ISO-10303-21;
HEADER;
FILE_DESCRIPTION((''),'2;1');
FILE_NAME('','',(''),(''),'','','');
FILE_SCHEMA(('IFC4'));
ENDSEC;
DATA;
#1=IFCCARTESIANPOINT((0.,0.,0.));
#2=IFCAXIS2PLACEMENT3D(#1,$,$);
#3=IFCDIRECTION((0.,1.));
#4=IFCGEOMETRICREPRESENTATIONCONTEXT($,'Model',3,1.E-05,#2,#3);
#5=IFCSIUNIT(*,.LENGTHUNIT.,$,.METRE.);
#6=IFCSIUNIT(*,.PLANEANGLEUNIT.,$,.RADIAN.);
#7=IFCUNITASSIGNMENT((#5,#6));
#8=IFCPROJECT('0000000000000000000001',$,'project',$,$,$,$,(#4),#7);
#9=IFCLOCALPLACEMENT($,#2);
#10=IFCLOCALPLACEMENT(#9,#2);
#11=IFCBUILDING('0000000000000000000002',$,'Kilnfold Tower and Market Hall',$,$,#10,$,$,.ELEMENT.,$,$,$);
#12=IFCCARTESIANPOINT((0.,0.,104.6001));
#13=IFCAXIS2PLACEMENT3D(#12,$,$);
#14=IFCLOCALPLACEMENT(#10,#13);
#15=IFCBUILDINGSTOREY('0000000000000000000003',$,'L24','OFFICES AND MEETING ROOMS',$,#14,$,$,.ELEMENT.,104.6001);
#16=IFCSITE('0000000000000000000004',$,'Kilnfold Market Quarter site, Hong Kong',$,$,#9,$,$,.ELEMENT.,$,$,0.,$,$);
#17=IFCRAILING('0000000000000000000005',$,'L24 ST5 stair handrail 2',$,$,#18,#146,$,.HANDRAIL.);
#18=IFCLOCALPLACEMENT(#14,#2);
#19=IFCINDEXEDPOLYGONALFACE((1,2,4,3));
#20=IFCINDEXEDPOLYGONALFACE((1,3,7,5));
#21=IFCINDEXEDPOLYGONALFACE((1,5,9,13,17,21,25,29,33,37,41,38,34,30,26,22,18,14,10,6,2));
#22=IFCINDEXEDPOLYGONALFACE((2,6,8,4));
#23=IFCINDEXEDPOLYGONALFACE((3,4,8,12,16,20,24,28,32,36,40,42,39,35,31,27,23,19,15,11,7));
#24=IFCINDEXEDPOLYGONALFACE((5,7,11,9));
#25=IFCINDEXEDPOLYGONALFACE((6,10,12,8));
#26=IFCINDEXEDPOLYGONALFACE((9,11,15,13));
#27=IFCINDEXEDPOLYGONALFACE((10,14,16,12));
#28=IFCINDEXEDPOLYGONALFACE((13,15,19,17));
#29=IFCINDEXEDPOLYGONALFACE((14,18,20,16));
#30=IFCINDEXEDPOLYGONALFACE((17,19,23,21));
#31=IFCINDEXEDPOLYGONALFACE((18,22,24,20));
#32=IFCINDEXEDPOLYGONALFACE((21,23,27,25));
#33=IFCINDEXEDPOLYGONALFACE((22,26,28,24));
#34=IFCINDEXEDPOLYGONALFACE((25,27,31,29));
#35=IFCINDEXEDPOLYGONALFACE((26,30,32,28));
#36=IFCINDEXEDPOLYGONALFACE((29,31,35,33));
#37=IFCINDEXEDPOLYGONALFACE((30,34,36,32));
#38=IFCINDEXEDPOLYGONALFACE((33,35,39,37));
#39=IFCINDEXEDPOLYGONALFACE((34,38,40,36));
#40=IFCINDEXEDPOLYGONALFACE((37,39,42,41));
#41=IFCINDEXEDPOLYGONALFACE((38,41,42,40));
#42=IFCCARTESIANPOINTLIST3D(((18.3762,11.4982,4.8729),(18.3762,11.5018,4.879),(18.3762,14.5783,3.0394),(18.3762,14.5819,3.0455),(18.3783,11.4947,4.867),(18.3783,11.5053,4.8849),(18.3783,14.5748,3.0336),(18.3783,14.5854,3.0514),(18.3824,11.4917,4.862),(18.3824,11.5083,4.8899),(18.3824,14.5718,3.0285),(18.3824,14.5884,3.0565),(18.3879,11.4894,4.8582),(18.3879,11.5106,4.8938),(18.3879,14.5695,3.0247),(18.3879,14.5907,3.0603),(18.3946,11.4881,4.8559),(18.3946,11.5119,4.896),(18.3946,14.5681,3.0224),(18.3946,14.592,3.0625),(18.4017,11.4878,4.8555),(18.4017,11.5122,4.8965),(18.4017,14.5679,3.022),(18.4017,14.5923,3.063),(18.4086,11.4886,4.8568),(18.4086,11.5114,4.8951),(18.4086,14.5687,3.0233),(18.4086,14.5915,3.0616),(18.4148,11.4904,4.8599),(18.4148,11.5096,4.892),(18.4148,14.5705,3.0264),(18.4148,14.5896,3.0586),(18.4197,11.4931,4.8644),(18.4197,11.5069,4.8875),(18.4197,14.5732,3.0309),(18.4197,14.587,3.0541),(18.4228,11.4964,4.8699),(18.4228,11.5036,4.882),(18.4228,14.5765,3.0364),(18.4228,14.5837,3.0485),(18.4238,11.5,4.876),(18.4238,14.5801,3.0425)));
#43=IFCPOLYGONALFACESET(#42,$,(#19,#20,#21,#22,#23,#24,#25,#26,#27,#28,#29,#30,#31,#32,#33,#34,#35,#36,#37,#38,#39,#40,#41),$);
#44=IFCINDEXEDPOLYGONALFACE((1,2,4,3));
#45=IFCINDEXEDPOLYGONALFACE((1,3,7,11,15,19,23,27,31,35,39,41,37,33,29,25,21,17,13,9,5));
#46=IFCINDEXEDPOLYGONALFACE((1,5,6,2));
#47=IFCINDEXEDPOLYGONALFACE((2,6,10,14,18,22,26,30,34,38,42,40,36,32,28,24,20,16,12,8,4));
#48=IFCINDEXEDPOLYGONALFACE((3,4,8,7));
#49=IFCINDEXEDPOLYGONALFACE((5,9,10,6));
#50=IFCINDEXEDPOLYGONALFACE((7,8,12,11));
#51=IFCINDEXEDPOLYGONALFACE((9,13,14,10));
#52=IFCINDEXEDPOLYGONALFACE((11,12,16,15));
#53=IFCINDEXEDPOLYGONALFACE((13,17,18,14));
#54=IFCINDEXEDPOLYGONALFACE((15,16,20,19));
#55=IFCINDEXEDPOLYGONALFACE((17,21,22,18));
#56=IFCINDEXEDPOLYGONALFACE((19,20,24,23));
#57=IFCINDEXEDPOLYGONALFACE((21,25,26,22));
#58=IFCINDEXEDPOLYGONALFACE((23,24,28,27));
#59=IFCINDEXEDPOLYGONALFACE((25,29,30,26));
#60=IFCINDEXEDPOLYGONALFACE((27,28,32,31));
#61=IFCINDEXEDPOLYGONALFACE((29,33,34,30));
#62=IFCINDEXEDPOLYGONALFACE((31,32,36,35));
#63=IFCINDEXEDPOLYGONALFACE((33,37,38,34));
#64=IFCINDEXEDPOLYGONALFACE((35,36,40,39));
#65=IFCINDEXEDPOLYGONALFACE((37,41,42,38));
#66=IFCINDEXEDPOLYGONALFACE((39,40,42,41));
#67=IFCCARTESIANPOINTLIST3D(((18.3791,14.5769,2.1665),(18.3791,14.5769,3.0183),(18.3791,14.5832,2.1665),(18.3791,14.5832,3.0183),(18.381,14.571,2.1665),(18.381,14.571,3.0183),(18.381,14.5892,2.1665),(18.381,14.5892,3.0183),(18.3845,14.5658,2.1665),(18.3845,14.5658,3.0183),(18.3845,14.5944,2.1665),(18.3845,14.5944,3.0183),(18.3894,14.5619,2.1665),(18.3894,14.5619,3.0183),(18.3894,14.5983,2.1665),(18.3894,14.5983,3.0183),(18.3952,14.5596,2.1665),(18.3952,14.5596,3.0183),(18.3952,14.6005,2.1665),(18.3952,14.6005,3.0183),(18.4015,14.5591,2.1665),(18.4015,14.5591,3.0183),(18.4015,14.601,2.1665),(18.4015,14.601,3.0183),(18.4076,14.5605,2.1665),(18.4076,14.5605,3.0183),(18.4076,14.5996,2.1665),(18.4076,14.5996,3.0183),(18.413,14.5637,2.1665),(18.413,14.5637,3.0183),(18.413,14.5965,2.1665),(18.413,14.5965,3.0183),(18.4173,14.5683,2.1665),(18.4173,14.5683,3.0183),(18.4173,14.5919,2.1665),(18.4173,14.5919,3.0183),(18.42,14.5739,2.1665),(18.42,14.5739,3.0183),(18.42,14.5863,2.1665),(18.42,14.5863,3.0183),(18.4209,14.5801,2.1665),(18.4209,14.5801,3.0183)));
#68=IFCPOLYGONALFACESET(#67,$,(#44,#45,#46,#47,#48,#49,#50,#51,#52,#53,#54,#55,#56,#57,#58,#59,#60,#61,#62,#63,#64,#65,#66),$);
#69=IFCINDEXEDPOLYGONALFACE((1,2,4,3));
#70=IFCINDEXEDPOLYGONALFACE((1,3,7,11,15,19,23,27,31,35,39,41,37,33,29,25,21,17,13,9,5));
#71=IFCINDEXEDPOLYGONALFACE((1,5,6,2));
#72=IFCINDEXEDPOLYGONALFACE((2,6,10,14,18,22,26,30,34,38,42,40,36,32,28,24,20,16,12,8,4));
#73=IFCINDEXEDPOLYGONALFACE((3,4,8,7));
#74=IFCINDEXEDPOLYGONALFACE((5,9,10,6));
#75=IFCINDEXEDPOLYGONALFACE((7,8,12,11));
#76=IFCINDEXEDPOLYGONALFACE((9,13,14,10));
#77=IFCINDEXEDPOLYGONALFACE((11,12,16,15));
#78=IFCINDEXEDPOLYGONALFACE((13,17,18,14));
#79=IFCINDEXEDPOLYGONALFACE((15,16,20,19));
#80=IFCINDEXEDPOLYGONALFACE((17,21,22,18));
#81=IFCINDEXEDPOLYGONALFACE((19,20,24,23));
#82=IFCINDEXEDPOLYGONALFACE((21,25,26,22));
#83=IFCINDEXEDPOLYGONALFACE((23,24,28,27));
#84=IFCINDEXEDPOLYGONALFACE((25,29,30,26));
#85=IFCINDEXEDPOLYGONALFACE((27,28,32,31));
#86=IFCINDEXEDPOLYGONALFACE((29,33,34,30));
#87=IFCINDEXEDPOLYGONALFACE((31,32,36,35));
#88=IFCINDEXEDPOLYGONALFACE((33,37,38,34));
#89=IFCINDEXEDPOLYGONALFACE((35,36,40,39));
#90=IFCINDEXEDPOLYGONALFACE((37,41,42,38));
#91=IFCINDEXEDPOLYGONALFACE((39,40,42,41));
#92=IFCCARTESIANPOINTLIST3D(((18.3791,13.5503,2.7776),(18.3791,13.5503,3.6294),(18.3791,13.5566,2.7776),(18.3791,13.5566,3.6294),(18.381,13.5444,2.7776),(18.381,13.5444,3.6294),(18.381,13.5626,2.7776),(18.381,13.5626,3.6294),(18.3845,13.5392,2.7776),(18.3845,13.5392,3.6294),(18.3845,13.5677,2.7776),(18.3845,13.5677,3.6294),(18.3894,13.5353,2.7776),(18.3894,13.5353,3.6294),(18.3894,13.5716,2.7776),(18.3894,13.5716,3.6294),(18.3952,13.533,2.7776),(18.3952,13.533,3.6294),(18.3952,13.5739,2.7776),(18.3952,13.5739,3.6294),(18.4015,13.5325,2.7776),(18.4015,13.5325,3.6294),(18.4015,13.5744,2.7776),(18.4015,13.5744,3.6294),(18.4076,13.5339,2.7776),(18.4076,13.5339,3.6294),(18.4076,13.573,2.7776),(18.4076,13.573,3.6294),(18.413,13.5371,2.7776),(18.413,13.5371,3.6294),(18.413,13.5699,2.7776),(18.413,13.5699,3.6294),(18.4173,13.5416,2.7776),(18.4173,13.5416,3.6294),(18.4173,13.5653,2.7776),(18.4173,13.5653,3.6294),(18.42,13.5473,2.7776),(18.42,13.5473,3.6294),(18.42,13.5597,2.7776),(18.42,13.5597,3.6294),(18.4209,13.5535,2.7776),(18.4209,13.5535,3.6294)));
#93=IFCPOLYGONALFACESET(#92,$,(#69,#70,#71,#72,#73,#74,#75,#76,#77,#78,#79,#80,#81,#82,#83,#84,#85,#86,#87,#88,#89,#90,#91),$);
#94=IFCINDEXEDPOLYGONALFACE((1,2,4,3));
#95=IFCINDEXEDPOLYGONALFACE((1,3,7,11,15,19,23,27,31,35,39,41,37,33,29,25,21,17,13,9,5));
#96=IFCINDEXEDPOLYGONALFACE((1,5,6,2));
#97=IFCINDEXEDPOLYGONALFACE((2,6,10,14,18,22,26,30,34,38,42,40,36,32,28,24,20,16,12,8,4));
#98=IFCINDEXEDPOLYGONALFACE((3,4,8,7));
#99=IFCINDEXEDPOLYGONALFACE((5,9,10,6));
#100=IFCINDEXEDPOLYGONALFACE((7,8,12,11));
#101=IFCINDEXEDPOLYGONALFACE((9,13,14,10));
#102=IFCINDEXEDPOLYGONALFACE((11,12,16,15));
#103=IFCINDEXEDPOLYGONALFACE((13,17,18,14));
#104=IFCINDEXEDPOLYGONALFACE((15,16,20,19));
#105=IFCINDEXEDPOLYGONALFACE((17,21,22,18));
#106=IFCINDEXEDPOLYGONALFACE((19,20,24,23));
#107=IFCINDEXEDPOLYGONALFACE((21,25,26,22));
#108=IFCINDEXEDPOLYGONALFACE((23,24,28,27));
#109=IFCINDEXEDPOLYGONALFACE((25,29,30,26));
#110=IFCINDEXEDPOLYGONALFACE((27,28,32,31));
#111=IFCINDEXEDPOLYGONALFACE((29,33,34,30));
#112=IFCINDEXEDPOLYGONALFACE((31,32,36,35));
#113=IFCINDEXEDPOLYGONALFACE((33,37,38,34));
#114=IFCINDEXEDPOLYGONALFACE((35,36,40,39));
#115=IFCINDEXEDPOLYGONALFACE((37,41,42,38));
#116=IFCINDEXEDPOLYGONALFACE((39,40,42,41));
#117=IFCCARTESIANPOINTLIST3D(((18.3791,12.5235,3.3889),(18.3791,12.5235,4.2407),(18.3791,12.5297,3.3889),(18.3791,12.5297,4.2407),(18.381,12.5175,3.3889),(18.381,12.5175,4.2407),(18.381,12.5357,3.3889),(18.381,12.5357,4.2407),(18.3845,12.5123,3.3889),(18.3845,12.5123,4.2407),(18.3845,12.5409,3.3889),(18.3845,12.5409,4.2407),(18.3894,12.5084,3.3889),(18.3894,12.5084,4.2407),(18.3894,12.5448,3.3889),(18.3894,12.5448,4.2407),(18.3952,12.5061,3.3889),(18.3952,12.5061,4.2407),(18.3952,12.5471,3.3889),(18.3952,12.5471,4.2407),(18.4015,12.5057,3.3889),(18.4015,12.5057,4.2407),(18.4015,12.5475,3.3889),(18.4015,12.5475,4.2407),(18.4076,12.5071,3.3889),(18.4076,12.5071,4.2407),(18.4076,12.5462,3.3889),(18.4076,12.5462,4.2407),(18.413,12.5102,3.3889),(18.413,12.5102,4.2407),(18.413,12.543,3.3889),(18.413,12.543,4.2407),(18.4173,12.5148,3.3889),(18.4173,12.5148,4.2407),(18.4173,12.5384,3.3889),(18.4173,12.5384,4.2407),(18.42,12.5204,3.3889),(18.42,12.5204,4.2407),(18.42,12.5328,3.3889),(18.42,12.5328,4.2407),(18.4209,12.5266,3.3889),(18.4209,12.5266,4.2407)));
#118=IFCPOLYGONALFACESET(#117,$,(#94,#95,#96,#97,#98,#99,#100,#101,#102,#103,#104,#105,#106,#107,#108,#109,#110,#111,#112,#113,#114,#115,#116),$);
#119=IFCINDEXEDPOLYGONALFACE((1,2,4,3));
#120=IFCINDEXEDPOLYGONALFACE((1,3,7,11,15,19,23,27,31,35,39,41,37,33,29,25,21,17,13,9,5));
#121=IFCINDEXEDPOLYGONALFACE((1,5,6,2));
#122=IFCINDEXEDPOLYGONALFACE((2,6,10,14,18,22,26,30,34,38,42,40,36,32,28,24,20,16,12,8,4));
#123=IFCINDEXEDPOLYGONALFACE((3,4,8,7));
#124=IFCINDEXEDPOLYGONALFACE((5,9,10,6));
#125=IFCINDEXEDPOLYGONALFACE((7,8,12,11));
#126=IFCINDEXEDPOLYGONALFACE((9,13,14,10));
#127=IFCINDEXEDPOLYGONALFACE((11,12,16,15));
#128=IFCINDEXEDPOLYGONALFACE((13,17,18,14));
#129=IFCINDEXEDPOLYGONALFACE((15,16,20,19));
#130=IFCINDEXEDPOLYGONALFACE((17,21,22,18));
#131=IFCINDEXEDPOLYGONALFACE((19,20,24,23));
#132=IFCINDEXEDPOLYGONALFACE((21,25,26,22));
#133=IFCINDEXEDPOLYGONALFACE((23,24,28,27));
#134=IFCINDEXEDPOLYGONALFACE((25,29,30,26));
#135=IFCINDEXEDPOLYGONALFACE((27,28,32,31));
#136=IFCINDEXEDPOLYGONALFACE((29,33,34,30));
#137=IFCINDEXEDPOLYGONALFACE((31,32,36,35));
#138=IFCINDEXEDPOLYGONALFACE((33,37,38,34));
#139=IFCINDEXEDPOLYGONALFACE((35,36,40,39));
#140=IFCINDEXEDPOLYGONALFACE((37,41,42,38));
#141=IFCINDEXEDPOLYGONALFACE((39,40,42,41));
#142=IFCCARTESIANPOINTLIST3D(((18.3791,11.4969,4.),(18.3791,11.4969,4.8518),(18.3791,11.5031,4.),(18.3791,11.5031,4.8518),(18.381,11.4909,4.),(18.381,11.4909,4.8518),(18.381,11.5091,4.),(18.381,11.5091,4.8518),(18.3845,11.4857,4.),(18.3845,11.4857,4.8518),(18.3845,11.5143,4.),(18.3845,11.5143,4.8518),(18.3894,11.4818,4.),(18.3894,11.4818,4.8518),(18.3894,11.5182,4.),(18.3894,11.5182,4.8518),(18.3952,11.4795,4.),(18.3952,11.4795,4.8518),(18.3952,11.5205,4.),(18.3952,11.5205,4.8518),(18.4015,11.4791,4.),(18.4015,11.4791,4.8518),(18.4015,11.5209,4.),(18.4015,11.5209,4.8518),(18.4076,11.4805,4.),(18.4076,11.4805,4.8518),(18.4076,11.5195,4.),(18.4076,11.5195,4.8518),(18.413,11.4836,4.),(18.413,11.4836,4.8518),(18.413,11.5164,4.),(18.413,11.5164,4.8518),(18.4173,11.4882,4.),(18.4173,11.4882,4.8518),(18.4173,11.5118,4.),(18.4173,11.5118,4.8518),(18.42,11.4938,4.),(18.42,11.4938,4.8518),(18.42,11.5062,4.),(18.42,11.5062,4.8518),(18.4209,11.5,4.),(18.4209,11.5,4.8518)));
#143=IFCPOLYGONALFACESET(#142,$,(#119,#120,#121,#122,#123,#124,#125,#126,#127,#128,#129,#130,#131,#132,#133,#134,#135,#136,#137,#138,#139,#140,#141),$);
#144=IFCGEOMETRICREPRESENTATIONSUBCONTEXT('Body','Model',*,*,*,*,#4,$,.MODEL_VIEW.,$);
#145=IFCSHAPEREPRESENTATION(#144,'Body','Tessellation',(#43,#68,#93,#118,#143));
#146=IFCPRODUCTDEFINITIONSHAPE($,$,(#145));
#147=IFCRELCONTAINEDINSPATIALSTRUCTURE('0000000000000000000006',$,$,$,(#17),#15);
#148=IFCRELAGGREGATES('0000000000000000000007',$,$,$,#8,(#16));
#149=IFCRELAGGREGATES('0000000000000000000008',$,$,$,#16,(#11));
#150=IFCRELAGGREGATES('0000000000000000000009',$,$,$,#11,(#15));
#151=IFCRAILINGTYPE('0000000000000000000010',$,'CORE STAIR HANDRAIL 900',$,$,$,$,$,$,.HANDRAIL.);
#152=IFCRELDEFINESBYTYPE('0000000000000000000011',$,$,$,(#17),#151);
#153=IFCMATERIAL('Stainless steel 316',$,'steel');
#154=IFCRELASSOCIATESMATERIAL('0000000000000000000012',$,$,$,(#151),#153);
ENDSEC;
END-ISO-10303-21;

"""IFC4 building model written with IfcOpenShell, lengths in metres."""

from ifc_helpers import new_model, si_unit, direction, frame, origin, origin_2d, place, context, subcontext, project, spatial, circle, extrude, material, type_object, element, save


model = new_model("IFC4")

# Units and contexts
model_context = context("Model", 3, precision=1e-05, world=origin(), true_north=direction((0.0, 1.0)))
body_context = subcontext(model_context, "Body", "Model", "MODEL_VIEW")
ifc_project = project(units=[si_unit("LENGTHUNIT", "METRE"), si_unit("PLANEANGLEUNIT", "RADIAN")], contexts=[model_context])

# Site, building, storey
site_placement = place(None, origin())
site = spatial("IfcSite", under=ifc_project, at=site_placement, Name="Kilnfold Market Quarter site, Hong Kong", CompositionType="ELEMENT", RefElevation=0.0)
building_placement = place(site_placement, origin())
building = spatial("IfcBuilding", under=site, at=building_placement, Name="Kilnfold Tower and Market Hall", CompositionType="ELEMENT")
storey_placement = place(building_placement, frame((0.0, 0.0, 104.6001)))
storey = spatial("IfcBuildingStorey", under=building, at=storey_placement, Name="L24", Description="OFFICES AND MEETING ROOMS", CompositionType="ELEMENT", Elevation=104.6001)

# Railing
ifc_material_1 = material(Name="Stainless steel 316", Category="steel")
railing_type = type_object("IfcRailingType", Name="CORE STAIR HANDRAIL 900", PredefinedType="HANDRAIL", material=ifc_material_1)
railing_placement = place(storey_placement, frame((18.3999, 14.5801, 2.1665)))
element("IfcRailing", 1, at=railing_placement, inside=storey, type_object=railing_type, Name="L24 ST5 stair handrail 2", PredefinedType="HANDRAIL", context=body_context, shape_type="SweptSolid", body=[
    extrude(circle(Radius=0.0239, at=origin_2d()), frame((0.0, 0.0, 0.876), z_axis=(0.0, -0.859279, 0.511508), x_axis=(1.0, 0.0, 0.0)), (0.0, 0.0, 1.0), 3.5845),
    extrude(circle(Radius=0.021, at=origin_2d()), origin(), (0.0, 0.0, 1.0), 0.8518),
    extrude(circle(Radius=0.021, at=origin_2d()), frame((0.0, -1.0266, 0.6111)), (0.0, 0.0, 1.0), 0.8518),
    extrude(circle(Radius=0.021, at=origin_2d()), frame((0.0, -2.0535, 1.2224)), (0.0, 0.0, 1.0), 0.8518),
    extrude(circle(Radius=0.021, at=origin_2d()), frame((0.0, -3.0801, 1.8335)), (0.0, 0.0, 1.0), 0.8518),
])

save(model, "model.ifc")
